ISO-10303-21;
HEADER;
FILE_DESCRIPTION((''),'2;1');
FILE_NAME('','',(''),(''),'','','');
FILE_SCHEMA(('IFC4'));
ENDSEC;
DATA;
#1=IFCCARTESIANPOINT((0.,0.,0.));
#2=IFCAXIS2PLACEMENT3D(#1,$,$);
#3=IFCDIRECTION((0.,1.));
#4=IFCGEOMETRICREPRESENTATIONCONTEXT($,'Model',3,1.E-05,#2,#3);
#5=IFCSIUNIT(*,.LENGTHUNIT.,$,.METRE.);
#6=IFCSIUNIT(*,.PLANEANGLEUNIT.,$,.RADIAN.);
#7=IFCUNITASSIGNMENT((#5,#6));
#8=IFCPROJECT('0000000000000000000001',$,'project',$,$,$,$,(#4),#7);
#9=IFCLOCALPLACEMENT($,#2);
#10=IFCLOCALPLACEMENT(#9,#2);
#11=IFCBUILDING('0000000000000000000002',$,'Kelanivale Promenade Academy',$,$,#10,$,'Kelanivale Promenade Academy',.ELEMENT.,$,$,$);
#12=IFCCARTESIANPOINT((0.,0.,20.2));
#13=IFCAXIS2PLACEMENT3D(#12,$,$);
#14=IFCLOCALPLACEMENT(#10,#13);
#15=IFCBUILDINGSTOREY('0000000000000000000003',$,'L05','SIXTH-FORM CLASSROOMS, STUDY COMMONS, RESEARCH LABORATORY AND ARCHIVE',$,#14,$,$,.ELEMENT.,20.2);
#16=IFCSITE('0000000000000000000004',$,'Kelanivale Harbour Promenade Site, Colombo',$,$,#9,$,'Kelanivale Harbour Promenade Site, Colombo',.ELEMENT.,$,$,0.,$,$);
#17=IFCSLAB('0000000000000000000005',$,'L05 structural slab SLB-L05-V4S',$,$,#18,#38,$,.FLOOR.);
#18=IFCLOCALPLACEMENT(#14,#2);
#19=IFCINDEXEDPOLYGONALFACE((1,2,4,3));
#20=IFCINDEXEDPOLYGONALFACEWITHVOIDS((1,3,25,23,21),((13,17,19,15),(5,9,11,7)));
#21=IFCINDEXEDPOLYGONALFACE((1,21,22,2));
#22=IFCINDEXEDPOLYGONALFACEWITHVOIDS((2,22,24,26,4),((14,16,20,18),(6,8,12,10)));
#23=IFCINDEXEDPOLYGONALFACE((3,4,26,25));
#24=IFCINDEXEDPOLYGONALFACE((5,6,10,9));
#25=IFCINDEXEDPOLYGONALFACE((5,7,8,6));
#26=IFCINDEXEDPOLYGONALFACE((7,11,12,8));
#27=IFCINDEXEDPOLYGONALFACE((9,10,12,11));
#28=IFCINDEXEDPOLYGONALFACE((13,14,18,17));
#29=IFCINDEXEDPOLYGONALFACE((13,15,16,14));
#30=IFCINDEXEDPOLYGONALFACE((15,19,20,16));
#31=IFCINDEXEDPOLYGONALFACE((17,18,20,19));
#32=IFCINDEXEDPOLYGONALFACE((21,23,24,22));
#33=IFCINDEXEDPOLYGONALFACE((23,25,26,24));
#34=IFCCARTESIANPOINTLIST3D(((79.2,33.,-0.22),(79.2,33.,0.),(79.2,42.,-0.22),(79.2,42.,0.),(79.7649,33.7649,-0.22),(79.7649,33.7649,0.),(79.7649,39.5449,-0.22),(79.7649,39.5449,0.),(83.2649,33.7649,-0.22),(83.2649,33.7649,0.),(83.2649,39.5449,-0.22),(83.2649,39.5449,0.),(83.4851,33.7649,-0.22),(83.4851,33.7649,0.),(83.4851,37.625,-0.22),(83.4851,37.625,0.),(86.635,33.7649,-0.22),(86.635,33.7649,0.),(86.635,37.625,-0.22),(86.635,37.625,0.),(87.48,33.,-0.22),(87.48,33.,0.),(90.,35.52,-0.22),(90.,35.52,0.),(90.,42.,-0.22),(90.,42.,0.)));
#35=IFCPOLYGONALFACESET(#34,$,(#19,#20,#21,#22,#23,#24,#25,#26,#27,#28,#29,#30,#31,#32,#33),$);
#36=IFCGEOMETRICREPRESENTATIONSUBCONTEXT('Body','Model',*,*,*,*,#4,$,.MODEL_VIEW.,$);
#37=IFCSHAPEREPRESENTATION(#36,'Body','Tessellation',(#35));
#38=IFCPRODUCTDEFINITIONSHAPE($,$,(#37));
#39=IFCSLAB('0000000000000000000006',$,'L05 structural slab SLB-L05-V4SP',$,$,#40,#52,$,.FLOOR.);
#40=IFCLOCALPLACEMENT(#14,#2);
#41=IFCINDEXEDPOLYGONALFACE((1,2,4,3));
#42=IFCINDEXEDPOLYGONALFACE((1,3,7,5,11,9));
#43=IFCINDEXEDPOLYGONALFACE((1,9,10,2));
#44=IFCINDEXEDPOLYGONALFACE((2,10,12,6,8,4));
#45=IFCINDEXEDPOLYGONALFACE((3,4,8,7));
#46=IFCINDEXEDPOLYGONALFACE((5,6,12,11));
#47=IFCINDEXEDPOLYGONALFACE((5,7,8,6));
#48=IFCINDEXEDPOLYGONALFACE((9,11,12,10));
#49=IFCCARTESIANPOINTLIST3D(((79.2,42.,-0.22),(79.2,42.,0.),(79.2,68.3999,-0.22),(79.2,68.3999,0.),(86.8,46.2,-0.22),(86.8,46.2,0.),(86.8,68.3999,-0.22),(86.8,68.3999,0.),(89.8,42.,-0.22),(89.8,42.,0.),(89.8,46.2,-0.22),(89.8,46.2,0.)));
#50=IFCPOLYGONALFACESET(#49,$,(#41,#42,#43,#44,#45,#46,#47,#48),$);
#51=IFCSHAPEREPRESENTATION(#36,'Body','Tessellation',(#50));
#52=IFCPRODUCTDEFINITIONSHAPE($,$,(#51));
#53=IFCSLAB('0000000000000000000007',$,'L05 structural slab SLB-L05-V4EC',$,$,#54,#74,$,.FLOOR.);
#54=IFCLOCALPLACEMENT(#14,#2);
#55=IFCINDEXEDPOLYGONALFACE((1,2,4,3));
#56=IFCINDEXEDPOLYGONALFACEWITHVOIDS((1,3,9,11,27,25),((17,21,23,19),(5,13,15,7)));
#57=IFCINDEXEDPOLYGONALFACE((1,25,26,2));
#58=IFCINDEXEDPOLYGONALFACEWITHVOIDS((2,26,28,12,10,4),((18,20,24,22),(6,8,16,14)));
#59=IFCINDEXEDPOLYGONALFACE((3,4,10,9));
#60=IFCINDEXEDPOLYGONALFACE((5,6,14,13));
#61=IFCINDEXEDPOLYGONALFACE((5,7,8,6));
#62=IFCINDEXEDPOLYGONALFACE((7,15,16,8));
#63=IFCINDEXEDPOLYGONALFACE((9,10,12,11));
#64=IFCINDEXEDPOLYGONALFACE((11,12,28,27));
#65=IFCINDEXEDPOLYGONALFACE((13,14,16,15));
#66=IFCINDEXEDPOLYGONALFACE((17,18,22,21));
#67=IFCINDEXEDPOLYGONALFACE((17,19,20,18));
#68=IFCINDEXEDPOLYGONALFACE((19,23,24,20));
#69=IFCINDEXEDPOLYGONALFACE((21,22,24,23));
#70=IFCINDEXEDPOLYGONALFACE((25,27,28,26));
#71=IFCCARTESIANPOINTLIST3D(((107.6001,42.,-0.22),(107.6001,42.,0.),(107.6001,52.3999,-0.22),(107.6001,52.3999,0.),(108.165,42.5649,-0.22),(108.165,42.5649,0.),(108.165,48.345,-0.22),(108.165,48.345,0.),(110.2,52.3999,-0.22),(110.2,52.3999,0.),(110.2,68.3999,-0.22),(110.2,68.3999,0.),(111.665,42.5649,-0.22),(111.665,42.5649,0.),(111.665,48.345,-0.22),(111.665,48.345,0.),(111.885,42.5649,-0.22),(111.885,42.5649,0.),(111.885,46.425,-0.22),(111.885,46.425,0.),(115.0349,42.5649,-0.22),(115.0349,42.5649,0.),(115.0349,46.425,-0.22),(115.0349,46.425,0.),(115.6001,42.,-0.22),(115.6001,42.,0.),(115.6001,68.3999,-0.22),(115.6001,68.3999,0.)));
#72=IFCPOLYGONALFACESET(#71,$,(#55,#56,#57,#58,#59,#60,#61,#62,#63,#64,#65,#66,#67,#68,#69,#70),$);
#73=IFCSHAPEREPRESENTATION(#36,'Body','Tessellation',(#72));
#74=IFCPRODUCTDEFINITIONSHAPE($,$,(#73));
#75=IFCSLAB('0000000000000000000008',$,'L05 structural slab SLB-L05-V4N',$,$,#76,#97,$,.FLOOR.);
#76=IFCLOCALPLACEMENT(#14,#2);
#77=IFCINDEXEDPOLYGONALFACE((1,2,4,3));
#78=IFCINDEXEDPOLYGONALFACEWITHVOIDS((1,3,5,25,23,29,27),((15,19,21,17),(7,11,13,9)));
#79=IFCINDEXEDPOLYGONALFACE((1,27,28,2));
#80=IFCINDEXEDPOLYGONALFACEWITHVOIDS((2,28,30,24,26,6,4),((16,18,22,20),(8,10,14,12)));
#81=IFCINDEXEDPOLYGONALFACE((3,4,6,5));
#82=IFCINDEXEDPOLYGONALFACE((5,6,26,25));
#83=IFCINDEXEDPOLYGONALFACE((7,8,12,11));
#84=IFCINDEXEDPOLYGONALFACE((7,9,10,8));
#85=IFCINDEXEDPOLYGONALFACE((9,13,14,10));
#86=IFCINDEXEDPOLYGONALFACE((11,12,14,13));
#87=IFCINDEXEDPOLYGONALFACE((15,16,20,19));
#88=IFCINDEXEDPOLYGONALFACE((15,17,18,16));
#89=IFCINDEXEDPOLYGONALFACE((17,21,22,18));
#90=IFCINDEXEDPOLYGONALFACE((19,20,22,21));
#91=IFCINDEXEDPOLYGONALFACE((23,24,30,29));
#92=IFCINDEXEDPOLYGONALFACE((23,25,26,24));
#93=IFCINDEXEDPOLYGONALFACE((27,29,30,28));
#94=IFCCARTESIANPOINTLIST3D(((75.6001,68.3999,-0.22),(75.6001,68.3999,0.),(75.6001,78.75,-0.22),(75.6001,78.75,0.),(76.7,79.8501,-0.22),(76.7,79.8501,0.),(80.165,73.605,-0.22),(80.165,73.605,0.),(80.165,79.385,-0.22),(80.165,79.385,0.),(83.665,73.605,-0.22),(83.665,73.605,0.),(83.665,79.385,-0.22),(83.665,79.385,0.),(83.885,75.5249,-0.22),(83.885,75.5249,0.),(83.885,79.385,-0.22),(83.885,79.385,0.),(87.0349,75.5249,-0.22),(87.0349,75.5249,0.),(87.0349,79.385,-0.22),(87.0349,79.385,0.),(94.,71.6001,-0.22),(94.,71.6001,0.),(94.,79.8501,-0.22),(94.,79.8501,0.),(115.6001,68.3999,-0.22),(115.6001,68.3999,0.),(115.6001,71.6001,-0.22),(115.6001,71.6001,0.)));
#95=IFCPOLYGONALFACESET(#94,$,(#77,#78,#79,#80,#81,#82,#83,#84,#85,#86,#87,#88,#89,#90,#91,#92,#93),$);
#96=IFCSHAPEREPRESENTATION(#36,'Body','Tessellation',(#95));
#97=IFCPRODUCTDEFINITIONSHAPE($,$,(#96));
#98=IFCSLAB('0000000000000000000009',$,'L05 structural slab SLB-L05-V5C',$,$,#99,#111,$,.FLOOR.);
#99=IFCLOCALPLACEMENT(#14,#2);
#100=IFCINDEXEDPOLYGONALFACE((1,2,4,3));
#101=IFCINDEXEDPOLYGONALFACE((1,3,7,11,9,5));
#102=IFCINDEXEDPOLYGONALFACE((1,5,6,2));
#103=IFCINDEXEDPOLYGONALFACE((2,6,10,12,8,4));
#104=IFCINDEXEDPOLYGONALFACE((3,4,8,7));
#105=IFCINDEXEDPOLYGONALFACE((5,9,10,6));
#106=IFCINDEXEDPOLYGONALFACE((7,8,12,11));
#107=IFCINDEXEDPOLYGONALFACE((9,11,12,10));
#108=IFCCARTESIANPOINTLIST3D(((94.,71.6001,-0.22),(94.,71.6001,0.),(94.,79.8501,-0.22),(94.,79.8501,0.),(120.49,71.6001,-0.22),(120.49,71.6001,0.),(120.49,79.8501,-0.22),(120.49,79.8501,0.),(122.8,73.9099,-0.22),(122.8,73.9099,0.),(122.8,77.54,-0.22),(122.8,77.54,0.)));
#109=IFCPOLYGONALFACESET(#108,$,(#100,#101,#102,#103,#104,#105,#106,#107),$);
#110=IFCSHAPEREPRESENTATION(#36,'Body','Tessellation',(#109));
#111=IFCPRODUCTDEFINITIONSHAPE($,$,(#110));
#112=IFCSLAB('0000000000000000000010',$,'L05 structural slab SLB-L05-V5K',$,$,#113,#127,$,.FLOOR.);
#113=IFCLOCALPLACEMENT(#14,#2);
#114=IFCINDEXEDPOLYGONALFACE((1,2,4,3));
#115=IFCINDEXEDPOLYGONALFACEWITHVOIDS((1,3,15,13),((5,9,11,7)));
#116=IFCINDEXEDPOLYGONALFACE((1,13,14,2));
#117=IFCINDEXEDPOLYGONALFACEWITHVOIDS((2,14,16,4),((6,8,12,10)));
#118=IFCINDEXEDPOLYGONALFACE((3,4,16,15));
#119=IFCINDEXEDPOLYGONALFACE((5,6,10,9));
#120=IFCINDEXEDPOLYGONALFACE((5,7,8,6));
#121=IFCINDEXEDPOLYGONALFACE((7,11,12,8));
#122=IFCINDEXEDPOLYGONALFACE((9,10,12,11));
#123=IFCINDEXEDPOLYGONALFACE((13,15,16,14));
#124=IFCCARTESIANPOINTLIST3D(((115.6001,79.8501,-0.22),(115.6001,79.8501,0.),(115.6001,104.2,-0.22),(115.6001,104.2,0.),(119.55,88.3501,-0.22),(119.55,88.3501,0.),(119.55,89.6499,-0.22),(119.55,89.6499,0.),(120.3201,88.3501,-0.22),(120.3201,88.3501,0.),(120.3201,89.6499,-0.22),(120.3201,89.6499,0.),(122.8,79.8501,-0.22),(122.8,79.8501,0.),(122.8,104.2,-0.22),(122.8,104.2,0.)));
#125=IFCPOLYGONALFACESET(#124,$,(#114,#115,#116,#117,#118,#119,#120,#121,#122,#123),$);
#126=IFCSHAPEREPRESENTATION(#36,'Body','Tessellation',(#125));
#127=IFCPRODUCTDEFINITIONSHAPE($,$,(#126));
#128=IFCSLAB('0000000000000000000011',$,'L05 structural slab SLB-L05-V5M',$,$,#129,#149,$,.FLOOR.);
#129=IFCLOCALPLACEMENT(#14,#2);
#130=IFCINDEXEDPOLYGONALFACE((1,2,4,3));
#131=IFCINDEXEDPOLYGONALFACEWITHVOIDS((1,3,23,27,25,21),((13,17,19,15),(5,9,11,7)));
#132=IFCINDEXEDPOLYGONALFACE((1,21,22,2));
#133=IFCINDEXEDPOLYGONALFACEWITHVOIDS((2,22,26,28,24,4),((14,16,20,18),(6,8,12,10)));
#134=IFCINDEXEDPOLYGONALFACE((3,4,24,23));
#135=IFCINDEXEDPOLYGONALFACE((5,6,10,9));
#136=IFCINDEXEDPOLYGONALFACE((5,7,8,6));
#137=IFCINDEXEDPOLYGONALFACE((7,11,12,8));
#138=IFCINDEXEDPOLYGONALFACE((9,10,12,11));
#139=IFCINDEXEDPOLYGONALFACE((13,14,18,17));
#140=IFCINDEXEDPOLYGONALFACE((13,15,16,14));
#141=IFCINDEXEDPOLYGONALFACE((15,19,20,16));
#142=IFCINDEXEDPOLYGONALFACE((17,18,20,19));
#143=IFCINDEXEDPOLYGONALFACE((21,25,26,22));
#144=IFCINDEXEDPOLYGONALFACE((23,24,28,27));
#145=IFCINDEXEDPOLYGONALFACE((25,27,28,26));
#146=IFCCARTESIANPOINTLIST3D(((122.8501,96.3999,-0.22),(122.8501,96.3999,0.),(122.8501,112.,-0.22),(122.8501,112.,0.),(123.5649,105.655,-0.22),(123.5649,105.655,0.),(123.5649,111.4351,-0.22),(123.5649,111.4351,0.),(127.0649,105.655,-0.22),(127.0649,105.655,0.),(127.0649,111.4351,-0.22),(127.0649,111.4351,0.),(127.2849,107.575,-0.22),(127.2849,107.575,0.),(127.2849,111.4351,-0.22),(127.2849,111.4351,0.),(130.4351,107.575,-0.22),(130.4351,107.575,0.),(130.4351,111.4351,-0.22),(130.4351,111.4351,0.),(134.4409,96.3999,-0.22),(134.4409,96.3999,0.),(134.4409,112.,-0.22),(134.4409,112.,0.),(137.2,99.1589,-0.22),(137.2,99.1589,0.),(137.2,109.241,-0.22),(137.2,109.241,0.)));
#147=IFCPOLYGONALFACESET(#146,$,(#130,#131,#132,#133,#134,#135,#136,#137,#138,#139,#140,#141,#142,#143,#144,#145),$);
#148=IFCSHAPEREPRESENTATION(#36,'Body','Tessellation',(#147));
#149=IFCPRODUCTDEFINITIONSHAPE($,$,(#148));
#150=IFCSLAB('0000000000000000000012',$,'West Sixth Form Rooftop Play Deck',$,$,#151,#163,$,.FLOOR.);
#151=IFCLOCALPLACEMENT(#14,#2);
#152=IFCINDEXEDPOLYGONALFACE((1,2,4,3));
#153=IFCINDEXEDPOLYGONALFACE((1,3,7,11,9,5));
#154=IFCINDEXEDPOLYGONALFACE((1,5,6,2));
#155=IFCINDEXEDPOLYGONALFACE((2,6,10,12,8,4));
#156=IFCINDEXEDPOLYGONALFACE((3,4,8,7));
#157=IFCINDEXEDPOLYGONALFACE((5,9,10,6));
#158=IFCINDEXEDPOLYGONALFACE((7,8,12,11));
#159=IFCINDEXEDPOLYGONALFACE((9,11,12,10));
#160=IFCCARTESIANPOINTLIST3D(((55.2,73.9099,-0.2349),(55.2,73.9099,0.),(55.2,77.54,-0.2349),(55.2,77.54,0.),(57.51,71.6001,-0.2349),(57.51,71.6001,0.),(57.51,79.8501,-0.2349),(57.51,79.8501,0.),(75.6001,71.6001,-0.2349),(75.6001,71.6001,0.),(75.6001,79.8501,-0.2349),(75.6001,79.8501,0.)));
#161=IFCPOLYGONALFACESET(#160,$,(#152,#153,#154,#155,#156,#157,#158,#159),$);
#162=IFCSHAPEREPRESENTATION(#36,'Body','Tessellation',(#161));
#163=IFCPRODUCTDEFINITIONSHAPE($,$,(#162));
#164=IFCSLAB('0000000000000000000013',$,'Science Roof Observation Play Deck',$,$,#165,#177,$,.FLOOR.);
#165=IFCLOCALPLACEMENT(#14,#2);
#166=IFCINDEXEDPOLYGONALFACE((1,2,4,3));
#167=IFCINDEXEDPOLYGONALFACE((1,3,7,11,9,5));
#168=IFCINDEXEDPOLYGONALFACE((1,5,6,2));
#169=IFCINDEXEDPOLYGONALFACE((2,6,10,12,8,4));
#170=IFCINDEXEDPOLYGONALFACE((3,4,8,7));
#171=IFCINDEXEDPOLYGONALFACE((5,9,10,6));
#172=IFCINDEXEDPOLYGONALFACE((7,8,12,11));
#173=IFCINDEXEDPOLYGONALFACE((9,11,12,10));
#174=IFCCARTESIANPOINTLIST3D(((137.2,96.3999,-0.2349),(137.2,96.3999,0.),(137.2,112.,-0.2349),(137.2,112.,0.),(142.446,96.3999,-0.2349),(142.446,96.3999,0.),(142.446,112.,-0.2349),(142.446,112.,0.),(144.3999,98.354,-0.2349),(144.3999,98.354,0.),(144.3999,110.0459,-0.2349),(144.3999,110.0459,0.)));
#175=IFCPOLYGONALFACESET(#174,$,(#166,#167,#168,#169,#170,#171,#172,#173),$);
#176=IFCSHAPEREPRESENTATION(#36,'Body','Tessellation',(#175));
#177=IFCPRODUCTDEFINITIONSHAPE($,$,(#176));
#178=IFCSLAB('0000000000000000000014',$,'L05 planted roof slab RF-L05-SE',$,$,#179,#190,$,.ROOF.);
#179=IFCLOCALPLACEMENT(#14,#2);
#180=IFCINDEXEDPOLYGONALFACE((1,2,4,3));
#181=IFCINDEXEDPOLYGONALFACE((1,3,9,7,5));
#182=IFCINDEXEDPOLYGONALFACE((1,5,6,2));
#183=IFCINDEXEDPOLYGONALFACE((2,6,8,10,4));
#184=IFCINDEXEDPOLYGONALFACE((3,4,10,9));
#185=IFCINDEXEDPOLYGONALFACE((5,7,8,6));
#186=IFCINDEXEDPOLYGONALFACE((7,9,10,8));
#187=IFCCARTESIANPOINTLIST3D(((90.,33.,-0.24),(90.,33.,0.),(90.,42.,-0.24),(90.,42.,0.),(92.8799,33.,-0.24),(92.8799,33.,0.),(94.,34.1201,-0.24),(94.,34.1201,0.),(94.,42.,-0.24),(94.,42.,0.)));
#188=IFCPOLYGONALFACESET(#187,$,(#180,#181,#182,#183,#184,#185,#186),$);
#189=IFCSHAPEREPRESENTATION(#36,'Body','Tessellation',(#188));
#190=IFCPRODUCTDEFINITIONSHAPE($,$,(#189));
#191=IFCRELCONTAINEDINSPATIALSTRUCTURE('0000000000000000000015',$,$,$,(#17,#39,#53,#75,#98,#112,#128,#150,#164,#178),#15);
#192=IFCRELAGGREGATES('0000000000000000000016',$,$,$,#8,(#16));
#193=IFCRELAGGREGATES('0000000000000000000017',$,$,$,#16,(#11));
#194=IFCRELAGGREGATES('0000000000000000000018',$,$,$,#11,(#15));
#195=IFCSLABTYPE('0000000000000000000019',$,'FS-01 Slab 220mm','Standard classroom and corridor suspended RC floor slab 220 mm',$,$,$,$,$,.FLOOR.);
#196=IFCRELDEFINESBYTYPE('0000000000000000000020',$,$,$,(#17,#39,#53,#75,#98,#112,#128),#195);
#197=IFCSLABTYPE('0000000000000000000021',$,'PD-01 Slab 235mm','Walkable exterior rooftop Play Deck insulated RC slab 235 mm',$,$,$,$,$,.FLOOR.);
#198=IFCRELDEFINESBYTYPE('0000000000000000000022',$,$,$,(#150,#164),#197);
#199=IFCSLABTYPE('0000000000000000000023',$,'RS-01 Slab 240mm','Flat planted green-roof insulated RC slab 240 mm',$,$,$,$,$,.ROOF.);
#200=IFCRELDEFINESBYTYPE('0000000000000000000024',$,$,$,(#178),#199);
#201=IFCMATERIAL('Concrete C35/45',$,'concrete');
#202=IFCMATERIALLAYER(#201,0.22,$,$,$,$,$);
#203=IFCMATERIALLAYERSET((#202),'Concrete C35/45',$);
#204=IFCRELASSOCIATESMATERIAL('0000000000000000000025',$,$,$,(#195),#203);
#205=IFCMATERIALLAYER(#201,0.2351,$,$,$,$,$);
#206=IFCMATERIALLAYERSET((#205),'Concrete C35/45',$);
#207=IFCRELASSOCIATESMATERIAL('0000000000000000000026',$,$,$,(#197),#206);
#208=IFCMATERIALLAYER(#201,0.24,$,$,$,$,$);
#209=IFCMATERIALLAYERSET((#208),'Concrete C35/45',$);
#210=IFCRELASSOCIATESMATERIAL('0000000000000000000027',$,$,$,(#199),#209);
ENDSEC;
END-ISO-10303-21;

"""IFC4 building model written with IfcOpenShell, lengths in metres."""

from ifc_helpers import new_model, si_unit, direction, frame, origin, place, context, subcontext, project, spatial, polyline, outline, extrude, material, layer, layer_set, type_object, element, save


model = new_model("IFC4")

# Units and contexts
model_context = context("Model", 3, precision=1e-05, world=origin(), true_north=direction((0.0, 1.0)))
body_context = subcontext(model_context, "Body", "Model", "MODEL_VIEW")
ifc_project = project(units=[si_unit("LENGTHUNIT", "METRE"), si_unit("PLANEANGLEUNIT", "RADIAN")], contexts=[model_context])

# Site, building, storey
site_placement = place(None, origin())
site = spatial("IfcSite", under=ifc_project, at=site_placement, Name="Kelanivale Harbour Promenade Site, Colombo", LongName="Kelanivale Harbour Promenade Site, Colombo", CompositionType="ELEMENT", RefElevation=0.0)
building_placement = place(site_placement, origin())
building = spatial("IfcBuilding", under=site, at=building_placement, Name="Kelanivale Promenade Academy", LongName="Kelanivale Promenade Academy", CompositionType="ELEMENT")
storey_placement = place(building_placement, frame((0.0, 0.0, 20.2)))
storey = spatial("IfcBuildingStorey", under=building, at=storey_placement, Name="L05", Description="SIXTH-FORM CLASSROOMS, STUDY COMMONS, RESEARCH LABORATORY AND ARCHIVE", CompositionType="ELEMENT", Elevation=20.2)

# Slabs
ifc_material_1 = material(Name="Concrete C35/45", Category="concrete")
ifc_layer_1 = layer(ifc_material_1, 0.22)
ifc_layer_set_1 = layer_set([ifc_layer_1], Name="Concrete C35/45")
slab_type_1 = type_object("IfcSlabType", Name="FS-01 Slab 220mm", Description="Standard classroom and corridor suspended RC floor slab 220 mm", PredefinedType="FLOOR", material=ifc_layer_set_1)
slab_1_placement = place(storey_placement, frame((0.0, 0.0, -0.22)))
element("IfcSlab", 1, at=slab_1_placement, inside=storey, type_object=slab_type_1, Name="L05 structural slab SLB-L05-V4S", PredefinedType="FLOOR", context=body_context, shape_type="SweptSolid", body=[
    extrude(outline(polyline([(90.0, 42.0), (79.2, 42.0), (79.2, 33.0), (87.48, 33.0), (90.0, 35.52), (90.0, 42.0)]), holes=[polyline([(86.635, 33.7649), (83.4851, 33.7649), (83.4851, 37.625), (86.635, 37.625), (86.635, 33.7649)]), polyline([(83.2649, 39.5449), (83.2649, 33.7649), (79.7649, 33.7649), (79.7649, 39.5449), (83.2649, 39.5449)])]), origin(), (0.0, 0.0, 1.0), 0.22),
])
slab_2_placement = place(storey_placement, frame((0.0, 0.0, -0.22)))
element("IfcSlab", 2, at=slab_2_placement, inside=storey, type_object=slab_type_1, Name="L05 structural slab SLB-L05-V4SP", PredefinedType="FLOOR", context=body_context, shape_type="SweptSolid", body=[
    extrude(outline(polyline([(79.2, 68.3999), (79.2, 42.0), (89.8, 42.0), (89.8, 46.2), (86.8, 46.2), (86.8, 68.3999), (79.2, 68.3999)])), origin(), (0.0, 0.0, 1.0), 0.22),
])
slab_3_placement = place(storey_placement, frame((0.0, 0.0, -0.22)))
element("IfcSlab", 3, at=slab_3_placement, inside=storey, type_object=slab_type_1, Name="L05 structural slab SLB-L05-V4EC", PredefinedType="FLOOR", context=body_context, shape_type="SweptSolid", body=[
    extrude(outline(polyline([(107.6001, 52.3999), (107.6001, 42.0), (115.6001, 42.0), (115.6001, 68.3999), (110.2, 68.3999), (110.2, 52.3999), (107.6001, 52.3999)]), holes=[polyline([(115.0349, 42.5649), (111.885, 42.5649), (111.885, 46.425), (115.0349, 46.425), (115.0349, 42.5649)]), polyline([(111.665, 48.345), (111.665, 42.5649), (108.165, 42.5649), (108.165, 48.345), (111.665, 48.345)])]), origin(), (0.0, 0.0, 1.0), 0.22),
])
slab_4_placement = place(storey_placement, frame((0.0, 0.0, -0.22)))
element("IfcSlab", 4, at=slab_4_placement, inside=storey, type_object=slab_type_1, Name="L05 structural slab SLB-L05-V4N", PredefinedType="FLOOR", context=body_context, shape_type="SweptSolid", body=[
    extrude(outline(polyline([(75.6001, 68.3999), (115.6001, 68.3999), (115.6001, 71.6001), (94.0, 71.6001), (94.0, 79.8501), (76.7, 79.8501), (75.6001, 78.75), (75.6001, 68.3999)]), holes=[polyline([(83.885, 79.385), (87.0349, 79.385), (87.0349, 75.5249), (83.885, 75.5249), (83.885, 79.385)]), polyline([(83.665, 79.385), (83.665, 73.605), (80.165, 73.605), (80.165, 79.385), (83.665, 79.385)])]), origin(), (0.0, 0.0, 1.0), 0.22),
])
slab_5_placement = place(storey_placement, frame((0.0, 0.0, -0.22)))
element("IfcSlab", 5, at=slab_5_placement, inside=storey, type_object=slab_type_1, Name="L05 structural slab SLB-L05-V5C", PredefinedType="FLOOR", context=body_context, shape_type="SweptSolid", body=[
    extrude(outline(polyline([(94.0, 79.8501), (94.0, 71.6001), (120.49, 71.6001), (122.8, 73.9099), (122.8, 77.54), (120.49, 79.8501), (94.0, 79.8501)])), origin(), (0.0, 0.0, 1.0), 0.22),
])
slab_6_placement = place(storey_placement, frame((0.0, 0.0, -0.22)))
element("IfcSlab", 6, at=slab_6_placement, inside=storey, type_object=slab_type_1, Name="L05 structural slab SLB-L05-V5K", PredefinedType="FLOOR", context=body_context, shape_type="SweptSolid", body=[
    extrude(outline(polyline([(122.8, 79.8501), (122.8, 104.2), (115.6001, 104.2), (115.6001, 79.8501), (122.8, 79.8501)]), holes=[polyline([(120.3201, 89.6499), (120.3201, 88.3501), (119.55, 88.3501), (119.55, 89.6499), (120.3201, 89.6499)])]), origin(), (0.0, 0.0, 1.0), 0.22),
])
slab_7_placement = place(storey_placement, frame((0.0, 0.0, -0.22)))
element("IfcSlab", 7, at=slab_7_placement, inside=storey, type_object=slab_type_1, Name="L05 structural slab SLB-L05-V5M", PredefinedType="FLOOR", context=body_context, shape_type="SweptSolid", body=[
    extrude(outline(polyline([(122.8501, 112.0), (122.8501, 96.3999), (134.4409, 96.3999), (137.2, 99.1589), (137.2, 109.241), (134.4409, 112.0), (122.8501, 112.0)]), holes=[polyline([(127.2849, 111.4351), (130.4351, 111.4351), (130.4351, 107.575), (127.2849, 107.575), (127.2849, 111.4351)]), polyline([(127.0649, 111.4351), (127.0649, 105.655), (123.5649, 105.655), (123.5649, 111.4351), (127.0649, 111.4351)])]), origin(), (0.0, 0.0, 1.0), 0.22),
])
ifc_layer_2 = layer(ifc_material_1, 0.2351)
ifc_layer_set_2 = layer_set([ifc_layer_2], Name="Concrete C35/45")
slab_type_2 = type_object("IfcSlabType", Name="PD-01 Slab 235mm", Description="Walkable exterior rooftop Play Deck insulated RC slab 235 mm", PredefinedType="FLOOR", material=ifc_layer_set_2)
slab_8_placement = place(storey_placement, frame((0.0, 0.0, -0.2349)))
element("IfcSlab", 8, at=slab_8_placement, inside=storey, type_object=slab_type_2, Name="West Sixth Form Rooftop Play Deck", PredefinedType="FLOOR", context=body_context, shape_type="SweptSolid", body=[
    extrude(outline(polyline([(57.51, 71.6001), (75.6001, 71.6001), (75.6001, 79.8501), (57.51, 79.8501), (55.2, 77.54), (55.2, 73.9099), (57.51, 71.6001)])), origin(), (0.0, 0.0, 1.0), 0.2349),
])
slab_9_placement = place(storey_placement, frame((0.0, 0.0, -0.2349)))
element("IfcSlab", 9, at=slab_9_placement, inside=storey, type_object=slab_type_2, Name="Science Roof Observation Play Deck", PredefinedType="FLOOR", context=body_context, shape_type="SweptSolid", body=[
    extrude(outline(polyline([(142.446, 96.3999), (144.3999, 98.354), (144.3999, 110.0459), (142.446, 112.0), (137.2, 112.0), (137.2, 96.3999), (142.446, 96.3999)])), origin(), (0.0, 0.0, 1.0), 0.2349),
])
ifc_layer_3 = layer(ifc_material_1, 0.24)
ifc_layer_set_3 = layer_set([ifc_layer_3], Name="Concrete C35/45")
slab_type_3 = type_object("IfcSlabType", Name="RS-01 Slab 240mm", Description="Flat planted green-roof insulated RC slab 240 mm", PredefinedType="ROOF", material=ifc_layer_set_3)
slab_10_placement = place(storey_placement, frame((0.0, 0.0, -0.24)))
element("IfcSlab", 10, at=slab_10_placement, inside=storey, type_object=slab_type_3, Name="L05 planted roof slab RF-L05-SE", PredefinedType="ROOF", context=body_context, shape_type="SweptSolid", body=[
    extrude(outline(polyline([(94.0, 34.1201), (94.0, 42.0), (90.0, 42.0), (90.0, 33.0), (92.8799, 33.0), (94.0, 34.1201)])), origin(), (0.0, 0.0, 1.0), 0.24),
])

save(model, "model.ifc")
